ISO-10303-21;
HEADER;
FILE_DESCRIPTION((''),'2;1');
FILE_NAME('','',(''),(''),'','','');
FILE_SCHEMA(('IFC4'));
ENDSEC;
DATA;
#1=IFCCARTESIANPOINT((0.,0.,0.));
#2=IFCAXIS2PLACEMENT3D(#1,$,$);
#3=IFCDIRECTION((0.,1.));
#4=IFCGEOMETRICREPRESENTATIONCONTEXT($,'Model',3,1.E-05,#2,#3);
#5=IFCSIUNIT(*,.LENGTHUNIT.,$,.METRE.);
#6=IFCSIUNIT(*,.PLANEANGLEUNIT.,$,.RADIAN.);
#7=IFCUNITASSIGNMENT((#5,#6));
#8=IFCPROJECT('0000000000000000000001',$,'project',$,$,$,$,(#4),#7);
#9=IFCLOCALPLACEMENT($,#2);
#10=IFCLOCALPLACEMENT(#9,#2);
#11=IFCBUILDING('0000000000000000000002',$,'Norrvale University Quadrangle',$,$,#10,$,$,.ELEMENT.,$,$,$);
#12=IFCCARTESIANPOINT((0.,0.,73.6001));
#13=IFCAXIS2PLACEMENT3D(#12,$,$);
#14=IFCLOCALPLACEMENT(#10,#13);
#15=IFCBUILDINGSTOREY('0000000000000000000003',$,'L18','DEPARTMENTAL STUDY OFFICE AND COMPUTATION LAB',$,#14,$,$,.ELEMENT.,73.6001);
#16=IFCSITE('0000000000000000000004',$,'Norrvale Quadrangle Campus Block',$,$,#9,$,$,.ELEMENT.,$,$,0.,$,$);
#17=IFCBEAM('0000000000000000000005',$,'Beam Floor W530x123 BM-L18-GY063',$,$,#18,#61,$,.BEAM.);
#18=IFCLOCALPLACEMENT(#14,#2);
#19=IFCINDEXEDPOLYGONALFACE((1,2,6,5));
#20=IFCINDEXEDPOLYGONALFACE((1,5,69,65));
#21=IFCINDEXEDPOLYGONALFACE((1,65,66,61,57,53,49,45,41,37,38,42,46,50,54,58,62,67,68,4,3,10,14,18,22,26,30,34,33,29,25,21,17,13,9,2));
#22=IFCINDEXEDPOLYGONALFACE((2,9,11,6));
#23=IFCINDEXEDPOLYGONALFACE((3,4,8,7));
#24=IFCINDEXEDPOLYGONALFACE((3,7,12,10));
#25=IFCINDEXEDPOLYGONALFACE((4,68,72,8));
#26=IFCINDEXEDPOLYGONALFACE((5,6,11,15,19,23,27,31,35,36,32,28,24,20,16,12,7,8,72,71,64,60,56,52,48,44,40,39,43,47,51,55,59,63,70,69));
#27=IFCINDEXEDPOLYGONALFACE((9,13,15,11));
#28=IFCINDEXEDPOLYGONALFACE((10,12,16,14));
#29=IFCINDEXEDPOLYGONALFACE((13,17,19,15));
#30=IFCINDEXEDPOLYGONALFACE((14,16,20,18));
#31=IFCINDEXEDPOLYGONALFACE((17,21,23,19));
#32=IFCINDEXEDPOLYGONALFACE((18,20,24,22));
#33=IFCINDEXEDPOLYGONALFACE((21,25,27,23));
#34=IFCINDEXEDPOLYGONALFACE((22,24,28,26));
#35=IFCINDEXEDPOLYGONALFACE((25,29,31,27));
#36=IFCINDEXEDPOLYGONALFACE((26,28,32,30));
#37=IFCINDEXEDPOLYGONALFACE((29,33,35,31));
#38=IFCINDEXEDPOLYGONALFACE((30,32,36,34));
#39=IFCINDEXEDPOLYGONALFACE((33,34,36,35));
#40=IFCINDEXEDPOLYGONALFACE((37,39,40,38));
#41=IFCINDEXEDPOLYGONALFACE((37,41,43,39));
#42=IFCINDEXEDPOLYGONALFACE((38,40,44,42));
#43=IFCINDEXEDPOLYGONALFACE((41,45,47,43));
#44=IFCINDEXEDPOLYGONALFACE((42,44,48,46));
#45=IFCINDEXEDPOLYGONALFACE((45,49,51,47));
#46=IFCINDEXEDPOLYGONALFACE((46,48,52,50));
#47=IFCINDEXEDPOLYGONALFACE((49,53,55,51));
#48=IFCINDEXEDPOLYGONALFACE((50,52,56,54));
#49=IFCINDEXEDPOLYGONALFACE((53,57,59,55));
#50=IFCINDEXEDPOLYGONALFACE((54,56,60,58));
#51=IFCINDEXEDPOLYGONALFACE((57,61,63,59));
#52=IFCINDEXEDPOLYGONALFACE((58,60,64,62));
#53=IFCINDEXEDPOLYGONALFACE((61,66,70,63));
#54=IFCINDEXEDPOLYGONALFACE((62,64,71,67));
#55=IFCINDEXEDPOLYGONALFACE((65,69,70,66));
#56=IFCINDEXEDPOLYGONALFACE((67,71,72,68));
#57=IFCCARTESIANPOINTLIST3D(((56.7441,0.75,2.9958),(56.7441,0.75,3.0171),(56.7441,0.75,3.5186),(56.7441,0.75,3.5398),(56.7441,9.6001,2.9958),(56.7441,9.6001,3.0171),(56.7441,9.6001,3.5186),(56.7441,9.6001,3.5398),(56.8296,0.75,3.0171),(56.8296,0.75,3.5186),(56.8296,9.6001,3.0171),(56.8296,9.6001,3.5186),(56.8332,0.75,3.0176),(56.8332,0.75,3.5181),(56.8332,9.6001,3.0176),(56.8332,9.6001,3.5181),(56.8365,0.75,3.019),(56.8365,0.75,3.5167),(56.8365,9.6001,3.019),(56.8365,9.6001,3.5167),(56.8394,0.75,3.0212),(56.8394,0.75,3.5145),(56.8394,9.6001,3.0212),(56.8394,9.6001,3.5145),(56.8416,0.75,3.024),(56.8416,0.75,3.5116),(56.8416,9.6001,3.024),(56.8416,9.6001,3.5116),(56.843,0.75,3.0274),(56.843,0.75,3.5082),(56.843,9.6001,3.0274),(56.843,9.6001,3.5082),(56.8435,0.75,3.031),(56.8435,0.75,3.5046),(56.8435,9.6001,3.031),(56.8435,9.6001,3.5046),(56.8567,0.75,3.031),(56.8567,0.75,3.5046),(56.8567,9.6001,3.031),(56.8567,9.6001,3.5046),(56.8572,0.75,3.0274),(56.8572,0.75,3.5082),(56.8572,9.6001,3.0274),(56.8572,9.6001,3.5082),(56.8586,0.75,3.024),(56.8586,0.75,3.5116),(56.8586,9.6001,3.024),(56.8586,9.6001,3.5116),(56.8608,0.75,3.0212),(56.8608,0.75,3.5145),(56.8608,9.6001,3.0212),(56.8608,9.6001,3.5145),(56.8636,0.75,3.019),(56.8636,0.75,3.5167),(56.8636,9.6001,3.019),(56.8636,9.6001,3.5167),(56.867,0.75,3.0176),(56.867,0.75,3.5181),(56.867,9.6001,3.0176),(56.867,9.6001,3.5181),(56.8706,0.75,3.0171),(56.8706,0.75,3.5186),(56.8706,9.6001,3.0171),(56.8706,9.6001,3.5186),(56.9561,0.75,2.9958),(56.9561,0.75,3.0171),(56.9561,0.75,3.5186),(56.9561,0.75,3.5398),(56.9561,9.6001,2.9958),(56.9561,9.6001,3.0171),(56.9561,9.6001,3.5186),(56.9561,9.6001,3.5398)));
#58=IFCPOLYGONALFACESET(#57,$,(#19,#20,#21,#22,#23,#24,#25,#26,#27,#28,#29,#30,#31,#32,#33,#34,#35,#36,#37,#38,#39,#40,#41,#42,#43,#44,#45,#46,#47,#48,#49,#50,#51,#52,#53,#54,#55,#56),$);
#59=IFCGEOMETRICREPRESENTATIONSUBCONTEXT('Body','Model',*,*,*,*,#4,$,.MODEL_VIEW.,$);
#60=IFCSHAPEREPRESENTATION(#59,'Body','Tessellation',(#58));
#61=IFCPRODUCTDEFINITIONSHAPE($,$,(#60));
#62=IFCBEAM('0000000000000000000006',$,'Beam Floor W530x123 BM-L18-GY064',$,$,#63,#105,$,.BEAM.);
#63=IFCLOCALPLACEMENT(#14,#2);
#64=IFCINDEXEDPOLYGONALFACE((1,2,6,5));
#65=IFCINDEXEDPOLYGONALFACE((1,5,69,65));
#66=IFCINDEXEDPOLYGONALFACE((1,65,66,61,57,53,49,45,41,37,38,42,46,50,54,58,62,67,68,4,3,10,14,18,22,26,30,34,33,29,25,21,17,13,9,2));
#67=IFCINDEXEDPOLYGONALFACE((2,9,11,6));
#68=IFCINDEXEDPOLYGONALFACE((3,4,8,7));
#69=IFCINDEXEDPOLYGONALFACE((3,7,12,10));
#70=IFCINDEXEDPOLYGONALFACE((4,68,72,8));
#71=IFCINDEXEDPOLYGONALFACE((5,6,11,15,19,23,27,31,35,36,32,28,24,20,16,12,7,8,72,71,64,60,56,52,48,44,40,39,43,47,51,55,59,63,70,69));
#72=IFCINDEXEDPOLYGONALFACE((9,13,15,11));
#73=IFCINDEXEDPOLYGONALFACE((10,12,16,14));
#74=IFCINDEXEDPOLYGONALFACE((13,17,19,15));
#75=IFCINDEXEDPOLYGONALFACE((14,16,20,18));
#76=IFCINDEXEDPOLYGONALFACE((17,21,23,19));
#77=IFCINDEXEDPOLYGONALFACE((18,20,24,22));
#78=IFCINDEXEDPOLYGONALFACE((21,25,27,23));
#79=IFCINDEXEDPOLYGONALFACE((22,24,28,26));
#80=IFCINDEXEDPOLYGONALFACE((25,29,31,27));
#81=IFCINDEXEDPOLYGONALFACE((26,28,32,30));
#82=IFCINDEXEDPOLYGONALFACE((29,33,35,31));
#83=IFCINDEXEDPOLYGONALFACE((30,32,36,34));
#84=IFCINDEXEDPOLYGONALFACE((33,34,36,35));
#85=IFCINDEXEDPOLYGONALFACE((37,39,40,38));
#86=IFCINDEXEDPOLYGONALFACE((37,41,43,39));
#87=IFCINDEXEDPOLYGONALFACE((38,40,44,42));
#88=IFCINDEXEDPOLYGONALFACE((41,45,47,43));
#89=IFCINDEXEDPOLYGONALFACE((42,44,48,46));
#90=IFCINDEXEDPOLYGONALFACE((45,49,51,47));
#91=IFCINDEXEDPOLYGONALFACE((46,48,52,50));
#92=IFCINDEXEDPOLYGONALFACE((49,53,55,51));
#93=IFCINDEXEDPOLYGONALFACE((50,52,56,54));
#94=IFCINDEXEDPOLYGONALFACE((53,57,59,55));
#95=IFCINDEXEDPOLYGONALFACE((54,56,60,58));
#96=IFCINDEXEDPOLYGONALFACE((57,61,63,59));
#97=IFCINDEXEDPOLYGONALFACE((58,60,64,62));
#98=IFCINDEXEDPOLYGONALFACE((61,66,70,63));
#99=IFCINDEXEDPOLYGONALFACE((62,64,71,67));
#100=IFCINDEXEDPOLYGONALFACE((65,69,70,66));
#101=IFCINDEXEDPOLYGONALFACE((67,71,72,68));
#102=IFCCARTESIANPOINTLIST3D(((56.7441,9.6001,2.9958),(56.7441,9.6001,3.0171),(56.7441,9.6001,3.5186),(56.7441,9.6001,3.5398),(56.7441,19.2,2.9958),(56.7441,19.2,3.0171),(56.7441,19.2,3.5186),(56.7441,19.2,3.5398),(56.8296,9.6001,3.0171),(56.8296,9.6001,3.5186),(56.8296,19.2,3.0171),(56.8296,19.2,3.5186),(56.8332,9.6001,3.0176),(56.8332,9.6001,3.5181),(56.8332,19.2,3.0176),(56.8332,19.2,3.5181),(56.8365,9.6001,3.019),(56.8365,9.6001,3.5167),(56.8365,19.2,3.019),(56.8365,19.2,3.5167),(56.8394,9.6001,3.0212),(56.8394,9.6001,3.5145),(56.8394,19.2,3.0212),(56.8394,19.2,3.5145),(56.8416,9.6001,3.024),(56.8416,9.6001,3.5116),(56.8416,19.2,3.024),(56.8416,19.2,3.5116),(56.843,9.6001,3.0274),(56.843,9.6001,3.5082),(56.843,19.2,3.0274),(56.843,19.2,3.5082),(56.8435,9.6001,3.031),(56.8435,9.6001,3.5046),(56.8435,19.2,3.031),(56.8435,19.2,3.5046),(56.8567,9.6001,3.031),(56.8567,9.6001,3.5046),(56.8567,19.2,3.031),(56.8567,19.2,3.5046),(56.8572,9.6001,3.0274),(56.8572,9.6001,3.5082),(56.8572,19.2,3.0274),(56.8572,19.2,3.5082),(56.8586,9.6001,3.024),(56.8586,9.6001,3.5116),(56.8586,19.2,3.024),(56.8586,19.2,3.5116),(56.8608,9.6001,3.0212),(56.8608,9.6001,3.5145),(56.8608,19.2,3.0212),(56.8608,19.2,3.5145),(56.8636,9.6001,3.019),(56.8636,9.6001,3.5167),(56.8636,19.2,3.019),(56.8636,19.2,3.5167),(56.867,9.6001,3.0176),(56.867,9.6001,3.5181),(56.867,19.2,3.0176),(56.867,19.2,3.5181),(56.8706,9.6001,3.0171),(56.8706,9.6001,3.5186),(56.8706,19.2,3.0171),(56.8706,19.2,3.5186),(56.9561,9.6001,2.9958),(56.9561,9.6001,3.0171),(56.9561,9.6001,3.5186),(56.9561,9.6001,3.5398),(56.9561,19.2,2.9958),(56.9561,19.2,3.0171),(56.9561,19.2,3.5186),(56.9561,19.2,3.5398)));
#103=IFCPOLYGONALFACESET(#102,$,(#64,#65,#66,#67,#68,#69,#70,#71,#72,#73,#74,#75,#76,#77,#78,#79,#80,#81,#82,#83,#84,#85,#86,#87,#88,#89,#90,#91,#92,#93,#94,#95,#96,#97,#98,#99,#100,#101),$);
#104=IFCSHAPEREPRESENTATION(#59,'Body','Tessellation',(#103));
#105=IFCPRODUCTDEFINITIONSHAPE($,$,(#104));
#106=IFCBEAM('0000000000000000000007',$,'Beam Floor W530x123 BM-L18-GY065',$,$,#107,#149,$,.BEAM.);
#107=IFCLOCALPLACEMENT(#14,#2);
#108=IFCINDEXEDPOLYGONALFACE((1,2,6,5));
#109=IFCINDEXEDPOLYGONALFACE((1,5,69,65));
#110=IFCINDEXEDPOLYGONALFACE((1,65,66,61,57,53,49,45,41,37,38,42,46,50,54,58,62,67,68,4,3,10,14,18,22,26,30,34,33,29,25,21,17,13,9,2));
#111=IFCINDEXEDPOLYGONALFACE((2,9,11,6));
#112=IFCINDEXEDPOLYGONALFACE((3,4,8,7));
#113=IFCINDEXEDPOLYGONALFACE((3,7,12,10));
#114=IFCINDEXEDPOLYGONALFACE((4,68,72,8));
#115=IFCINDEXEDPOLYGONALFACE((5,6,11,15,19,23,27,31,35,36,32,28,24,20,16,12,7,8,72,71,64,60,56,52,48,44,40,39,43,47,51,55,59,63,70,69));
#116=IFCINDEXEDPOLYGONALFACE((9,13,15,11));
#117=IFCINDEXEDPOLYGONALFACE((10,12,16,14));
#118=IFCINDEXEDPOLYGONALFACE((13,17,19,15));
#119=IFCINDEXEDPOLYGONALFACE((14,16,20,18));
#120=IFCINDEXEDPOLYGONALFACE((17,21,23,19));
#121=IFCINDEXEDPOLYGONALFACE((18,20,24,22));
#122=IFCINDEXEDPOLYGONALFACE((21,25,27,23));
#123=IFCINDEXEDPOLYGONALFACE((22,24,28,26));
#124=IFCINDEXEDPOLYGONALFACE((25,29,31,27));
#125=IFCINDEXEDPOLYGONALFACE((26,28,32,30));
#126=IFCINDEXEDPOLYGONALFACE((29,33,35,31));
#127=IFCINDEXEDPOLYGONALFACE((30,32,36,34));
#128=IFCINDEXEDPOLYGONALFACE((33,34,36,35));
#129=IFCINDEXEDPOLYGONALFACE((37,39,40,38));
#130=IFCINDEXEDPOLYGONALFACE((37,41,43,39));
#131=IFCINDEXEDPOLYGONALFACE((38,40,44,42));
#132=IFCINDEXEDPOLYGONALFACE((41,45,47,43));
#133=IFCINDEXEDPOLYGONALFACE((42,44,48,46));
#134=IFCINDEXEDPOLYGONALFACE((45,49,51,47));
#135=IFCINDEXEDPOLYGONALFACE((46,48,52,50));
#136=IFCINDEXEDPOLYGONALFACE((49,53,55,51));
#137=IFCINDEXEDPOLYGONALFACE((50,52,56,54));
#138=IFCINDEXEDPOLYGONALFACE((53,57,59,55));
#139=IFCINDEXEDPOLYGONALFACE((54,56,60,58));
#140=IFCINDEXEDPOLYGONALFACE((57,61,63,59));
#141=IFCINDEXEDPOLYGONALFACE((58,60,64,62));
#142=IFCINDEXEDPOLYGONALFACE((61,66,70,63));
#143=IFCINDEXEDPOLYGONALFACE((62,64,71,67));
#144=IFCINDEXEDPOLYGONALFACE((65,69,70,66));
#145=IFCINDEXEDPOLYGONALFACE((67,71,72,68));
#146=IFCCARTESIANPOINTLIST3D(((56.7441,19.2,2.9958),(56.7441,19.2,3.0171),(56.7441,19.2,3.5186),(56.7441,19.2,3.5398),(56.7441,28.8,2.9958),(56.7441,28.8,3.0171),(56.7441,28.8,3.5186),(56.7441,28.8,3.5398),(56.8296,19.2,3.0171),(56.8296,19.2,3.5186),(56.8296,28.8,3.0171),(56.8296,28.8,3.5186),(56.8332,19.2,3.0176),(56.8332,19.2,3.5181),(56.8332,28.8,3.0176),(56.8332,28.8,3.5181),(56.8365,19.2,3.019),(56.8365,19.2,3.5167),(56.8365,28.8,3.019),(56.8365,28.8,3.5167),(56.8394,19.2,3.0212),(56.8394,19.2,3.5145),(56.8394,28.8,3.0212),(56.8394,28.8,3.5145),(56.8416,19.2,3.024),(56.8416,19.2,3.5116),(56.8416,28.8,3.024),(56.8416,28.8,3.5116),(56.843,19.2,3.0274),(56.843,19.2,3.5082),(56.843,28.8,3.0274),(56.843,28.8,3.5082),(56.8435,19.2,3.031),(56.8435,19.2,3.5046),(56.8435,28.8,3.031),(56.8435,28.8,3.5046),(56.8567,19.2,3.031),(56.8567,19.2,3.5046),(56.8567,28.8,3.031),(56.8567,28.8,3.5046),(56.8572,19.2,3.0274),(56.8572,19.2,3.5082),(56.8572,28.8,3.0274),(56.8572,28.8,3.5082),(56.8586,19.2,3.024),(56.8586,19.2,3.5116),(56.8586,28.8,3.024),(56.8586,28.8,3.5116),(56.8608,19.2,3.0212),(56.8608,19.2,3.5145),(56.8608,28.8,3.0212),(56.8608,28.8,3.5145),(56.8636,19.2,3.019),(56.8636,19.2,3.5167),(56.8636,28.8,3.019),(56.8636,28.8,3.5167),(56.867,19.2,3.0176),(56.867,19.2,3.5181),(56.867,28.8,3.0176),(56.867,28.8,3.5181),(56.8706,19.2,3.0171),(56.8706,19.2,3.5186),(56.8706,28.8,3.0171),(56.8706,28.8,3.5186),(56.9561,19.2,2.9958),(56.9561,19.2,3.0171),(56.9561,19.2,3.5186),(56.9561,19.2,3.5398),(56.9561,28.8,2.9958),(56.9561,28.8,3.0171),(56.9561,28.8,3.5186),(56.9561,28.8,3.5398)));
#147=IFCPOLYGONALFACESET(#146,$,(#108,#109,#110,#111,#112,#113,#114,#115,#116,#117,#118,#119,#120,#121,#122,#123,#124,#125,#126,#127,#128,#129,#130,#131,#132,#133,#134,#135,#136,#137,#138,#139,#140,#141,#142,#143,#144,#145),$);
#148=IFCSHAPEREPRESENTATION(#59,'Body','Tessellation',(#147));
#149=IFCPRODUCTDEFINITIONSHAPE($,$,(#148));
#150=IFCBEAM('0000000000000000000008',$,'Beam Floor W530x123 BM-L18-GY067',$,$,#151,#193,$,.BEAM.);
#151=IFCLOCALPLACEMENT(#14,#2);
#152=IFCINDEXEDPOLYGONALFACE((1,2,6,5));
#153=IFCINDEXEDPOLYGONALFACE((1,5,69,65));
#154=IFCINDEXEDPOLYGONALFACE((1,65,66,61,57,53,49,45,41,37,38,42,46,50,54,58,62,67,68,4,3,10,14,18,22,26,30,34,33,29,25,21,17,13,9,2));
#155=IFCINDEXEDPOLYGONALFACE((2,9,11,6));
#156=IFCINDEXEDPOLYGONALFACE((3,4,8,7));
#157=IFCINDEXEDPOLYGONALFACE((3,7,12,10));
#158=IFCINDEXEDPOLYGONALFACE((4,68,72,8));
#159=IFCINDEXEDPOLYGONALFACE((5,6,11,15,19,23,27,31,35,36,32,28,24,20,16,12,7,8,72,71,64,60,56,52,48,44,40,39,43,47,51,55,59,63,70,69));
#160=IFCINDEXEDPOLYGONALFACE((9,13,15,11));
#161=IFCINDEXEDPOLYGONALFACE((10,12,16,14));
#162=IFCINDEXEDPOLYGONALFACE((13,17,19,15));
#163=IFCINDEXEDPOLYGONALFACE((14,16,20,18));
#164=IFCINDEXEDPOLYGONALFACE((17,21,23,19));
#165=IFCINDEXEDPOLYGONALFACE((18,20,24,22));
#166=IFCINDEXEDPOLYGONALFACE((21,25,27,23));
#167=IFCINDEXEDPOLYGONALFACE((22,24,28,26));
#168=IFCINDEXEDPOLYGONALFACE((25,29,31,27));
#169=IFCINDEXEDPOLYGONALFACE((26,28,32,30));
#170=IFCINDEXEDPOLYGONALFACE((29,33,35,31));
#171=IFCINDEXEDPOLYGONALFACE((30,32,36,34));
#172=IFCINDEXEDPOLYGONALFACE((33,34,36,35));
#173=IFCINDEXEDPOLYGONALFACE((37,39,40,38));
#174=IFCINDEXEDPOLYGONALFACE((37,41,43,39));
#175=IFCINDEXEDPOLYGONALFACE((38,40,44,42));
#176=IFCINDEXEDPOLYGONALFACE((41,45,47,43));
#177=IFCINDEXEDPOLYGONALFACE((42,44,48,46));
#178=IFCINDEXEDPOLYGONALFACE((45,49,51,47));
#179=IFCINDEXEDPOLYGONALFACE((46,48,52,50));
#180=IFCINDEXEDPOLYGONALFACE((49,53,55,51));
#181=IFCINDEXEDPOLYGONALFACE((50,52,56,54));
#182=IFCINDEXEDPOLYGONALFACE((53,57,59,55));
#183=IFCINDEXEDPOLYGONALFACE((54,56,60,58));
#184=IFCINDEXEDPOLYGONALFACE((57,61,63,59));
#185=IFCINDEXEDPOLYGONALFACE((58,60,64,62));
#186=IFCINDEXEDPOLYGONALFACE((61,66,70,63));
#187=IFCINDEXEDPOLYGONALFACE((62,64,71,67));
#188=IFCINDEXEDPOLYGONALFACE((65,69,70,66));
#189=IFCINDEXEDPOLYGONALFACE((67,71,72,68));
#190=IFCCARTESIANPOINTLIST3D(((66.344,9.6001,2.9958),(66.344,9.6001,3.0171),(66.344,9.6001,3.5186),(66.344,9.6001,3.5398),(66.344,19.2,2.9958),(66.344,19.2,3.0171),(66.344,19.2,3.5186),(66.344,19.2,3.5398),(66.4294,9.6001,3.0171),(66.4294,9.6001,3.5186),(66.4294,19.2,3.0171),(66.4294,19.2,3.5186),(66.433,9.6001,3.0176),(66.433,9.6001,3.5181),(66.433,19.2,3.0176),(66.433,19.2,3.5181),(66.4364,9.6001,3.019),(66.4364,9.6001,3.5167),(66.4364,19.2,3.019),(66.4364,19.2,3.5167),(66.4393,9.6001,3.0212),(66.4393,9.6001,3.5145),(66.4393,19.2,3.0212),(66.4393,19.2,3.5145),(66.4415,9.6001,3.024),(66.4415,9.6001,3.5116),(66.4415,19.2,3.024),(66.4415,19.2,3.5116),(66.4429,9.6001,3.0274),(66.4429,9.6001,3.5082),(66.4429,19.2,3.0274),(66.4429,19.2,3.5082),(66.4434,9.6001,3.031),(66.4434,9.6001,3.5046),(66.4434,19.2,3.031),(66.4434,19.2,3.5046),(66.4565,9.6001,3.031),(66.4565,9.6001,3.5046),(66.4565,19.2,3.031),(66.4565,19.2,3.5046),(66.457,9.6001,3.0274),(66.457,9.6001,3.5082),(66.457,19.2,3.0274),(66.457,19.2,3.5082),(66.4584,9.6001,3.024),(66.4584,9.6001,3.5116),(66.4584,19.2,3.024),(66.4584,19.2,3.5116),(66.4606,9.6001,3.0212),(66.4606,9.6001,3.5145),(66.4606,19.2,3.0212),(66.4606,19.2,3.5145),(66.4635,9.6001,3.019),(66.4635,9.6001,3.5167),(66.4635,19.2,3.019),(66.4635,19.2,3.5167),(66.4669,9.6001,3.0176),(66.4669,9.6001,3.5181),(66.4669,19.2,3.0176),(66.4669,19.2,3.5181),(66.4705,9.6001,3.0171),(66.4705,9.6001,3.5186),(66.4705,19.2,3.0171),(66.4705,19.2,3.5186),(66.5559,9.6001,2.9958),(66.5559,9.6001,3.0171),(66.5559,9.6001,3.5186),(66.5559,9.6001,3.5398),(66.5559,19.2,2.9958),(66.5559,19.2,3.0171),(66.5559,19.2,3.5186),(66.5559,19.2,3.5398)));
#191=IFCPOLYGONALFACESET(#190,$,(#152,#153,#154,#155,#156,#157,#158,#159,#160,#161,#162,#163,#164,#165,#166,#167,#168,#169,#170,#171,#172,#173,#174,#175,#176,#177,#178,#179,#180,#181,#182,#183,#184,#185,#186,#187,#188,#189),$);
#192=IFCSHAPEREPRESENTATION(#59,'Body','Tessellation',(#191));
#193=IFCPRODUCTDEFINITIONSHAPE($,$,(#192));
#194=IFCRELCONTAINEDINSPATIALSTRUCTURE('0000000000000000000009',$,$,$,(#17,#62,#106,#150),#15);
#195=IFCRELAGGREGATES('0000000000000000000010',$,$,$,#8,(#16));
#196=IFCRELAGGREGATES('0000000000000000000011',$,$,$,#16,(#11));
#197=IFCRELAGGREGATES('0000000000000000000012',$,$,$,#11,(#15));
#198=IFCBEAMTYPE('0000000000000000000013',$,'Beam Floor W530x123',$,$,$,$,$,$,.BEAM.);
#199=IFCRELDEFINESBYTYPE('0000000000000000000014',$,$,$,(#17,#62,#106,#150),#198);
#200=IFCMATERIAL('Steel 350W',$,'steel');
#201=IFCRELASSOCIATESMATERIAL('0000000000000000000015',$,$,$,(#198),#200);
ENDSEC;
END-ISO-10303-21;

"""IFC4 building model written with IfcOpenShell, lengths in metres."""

from ifc_helpers import new_model, si_unit, direction, frame, origin, origin_2d, place, context, subcontext, project, spatial, i_section, extrude, material, material_profile, profile_set, type_object, element, save


model = new_model("IFC4")

# Units and contexts
model_context = context("Model", 3, precision=1e-05, world=origin(), true_north=direction((0.0, 1.0)))
body_context = subcontext(model_context, "Body", "Model", "MODEL_VIEW")
ifc_project = project(units=[si_unit("LENGTHUNIT", "METRE"), si_unit("PLANEANGLEUNIT", "RADIAN")], contexts=[model_context])

# Site, building, storey
site_placement = place(None, origin())
site = spatial("IfcSite", under=ifc_project, at=site_placement, Name="Norrvale Quadrangle Campus Block", CompositionType="ELEMENT", RefElevation=0.0)
building_placement = place(site_placement, origin())
building = spatial("IfcBuilding", under=site, at=building_placement, Name="Norrvale University Quadrangle", CompositionType="ELEMENT")
storey_placement = place(building_placement, frame((0.0, 0.0, 73.6001)))
storey = spatial("IfcBuildingStorey", under=building, at=storey_placement, Name="L18", Description="DEPARTMENTAL STUDY OFFICE AND COMPUTATION LAB", CompositionType="ELEMENT", Elevation=73.6001)

# Beams
ifc_material_1 = material(Name="Steel 350W", Category="steel")
ifc_material_profile_1 = material_profile(ifc_material_1, i_section(OverallWidth=0.2119, OverallDepth=0.5439, WebThickness=0.0132, FlangeThickness=0.0212, FilletRadius=0.0139, at=origin_2d()), Name="Steel 350W")
ifc_profile_set_1 = profile_set([ifc_material_profile_1], Name="Steel 350W")
beam_type_1 = type_object("IfcBeamType", Name="Beam Floor W530x123", PredefinedType="BEAM", material=ifc_profile_set_1)
beam_1_placement = place(storey_placement, frame((56.8501, 0.75, 3.2678), z_axis=(0.0, 1.0, 0.0), x_axis=(-1.0, 0.0, 0.0)))
element("IfcBeam", 1, at=beam_1_placement, inside=storey, type_object=beam_type_1, Name="Beam Floor W530x123 BM-L18-GY063", PredefinedType="BEAM", context=body_context, shape_type="SweptSolid", body=[
    extrude(i_section(OverallWidth=0.2119, OverallDepth=0.5439, WebThickness=0.0132, FlangeThickness=0.0212, FilletRadius=0.0139, at=origin_2d()), origin(), (0.0, 0.0, 1.0), 8.8501),
])
beam_2_placement = place(storey_placement, frame((56.8501, 9.6001, 3.2678), z_axis=(0.0, 1.0, 0.0), x_axis=(-1.0, 0.0, 0.0)))
element("IfcBeam", 2, at=beam_2_placement, inside=storey, type_object=beam_type_1, Name="Beam Floor W530x123 BM-L18-GY064", PredefinedType="BEAM", context=body_context, shape_type="SweptSolid", body=[
    extrude(i_section(OverallWidth=0.2119, OverallDepth=0.5439, WebThickness=0.0132, FlangeThickness=0.0212, FilletRadius=0.0139, at=origin_2d()), origin(), (0.0, 0.0, 1.0), 9.5999),
])
beam_3_placement = place(storey_placement, frame((56.8501, 19.2, 3.2678), z_axis=(0.0, 1.0, 0.0), x_axis=(-1.0, 0.0, 0.0)))
element("IfcBeam", 3, at=beam_3_placement, inside=storey, type_object=beam_type_1, Name="Beam Floor W530x123 BM-L18-GY065", PredefinedType="BEAM", context=body_context, shape_type="SweptSolid", body=[
    extrude(i_section(OverallWidth=0.2119, OverallDepth=0.5439, WebThickness=0.0132, FlangeThickness=0.0212, FilletRadius=0.0139, at=origin_2d()), origin(), (0.0, 0.0, 1.0), 9.6001),
])
beam_4_placement = place(storey_placement, frame((66.45, 9.6001, 3.2678), z_axis=(0.0, 1.0, 0.0), x_axis=(-1.0, 0.0, 0.0)))
element("IfcBeam", 4, at=beam_4_placement, inside=storey, type_object=beam_type_1, Name="Beam Floor W530x123 BM-L18-GY067", PredefinedType="BEAM", context=body_context, shape_type="SweptSolid", body=[
    extrude(i_section(OverallWidth=0.2119, OverallDepth=0.5439, WebThickness=0.0132, FlangeThickness=0.0212, FilletRadius=0.0139, at=origin_2d()), origin(), (0.0, 0.0, 1.0), 9.5999),
])

save(model, "model.ifc")
